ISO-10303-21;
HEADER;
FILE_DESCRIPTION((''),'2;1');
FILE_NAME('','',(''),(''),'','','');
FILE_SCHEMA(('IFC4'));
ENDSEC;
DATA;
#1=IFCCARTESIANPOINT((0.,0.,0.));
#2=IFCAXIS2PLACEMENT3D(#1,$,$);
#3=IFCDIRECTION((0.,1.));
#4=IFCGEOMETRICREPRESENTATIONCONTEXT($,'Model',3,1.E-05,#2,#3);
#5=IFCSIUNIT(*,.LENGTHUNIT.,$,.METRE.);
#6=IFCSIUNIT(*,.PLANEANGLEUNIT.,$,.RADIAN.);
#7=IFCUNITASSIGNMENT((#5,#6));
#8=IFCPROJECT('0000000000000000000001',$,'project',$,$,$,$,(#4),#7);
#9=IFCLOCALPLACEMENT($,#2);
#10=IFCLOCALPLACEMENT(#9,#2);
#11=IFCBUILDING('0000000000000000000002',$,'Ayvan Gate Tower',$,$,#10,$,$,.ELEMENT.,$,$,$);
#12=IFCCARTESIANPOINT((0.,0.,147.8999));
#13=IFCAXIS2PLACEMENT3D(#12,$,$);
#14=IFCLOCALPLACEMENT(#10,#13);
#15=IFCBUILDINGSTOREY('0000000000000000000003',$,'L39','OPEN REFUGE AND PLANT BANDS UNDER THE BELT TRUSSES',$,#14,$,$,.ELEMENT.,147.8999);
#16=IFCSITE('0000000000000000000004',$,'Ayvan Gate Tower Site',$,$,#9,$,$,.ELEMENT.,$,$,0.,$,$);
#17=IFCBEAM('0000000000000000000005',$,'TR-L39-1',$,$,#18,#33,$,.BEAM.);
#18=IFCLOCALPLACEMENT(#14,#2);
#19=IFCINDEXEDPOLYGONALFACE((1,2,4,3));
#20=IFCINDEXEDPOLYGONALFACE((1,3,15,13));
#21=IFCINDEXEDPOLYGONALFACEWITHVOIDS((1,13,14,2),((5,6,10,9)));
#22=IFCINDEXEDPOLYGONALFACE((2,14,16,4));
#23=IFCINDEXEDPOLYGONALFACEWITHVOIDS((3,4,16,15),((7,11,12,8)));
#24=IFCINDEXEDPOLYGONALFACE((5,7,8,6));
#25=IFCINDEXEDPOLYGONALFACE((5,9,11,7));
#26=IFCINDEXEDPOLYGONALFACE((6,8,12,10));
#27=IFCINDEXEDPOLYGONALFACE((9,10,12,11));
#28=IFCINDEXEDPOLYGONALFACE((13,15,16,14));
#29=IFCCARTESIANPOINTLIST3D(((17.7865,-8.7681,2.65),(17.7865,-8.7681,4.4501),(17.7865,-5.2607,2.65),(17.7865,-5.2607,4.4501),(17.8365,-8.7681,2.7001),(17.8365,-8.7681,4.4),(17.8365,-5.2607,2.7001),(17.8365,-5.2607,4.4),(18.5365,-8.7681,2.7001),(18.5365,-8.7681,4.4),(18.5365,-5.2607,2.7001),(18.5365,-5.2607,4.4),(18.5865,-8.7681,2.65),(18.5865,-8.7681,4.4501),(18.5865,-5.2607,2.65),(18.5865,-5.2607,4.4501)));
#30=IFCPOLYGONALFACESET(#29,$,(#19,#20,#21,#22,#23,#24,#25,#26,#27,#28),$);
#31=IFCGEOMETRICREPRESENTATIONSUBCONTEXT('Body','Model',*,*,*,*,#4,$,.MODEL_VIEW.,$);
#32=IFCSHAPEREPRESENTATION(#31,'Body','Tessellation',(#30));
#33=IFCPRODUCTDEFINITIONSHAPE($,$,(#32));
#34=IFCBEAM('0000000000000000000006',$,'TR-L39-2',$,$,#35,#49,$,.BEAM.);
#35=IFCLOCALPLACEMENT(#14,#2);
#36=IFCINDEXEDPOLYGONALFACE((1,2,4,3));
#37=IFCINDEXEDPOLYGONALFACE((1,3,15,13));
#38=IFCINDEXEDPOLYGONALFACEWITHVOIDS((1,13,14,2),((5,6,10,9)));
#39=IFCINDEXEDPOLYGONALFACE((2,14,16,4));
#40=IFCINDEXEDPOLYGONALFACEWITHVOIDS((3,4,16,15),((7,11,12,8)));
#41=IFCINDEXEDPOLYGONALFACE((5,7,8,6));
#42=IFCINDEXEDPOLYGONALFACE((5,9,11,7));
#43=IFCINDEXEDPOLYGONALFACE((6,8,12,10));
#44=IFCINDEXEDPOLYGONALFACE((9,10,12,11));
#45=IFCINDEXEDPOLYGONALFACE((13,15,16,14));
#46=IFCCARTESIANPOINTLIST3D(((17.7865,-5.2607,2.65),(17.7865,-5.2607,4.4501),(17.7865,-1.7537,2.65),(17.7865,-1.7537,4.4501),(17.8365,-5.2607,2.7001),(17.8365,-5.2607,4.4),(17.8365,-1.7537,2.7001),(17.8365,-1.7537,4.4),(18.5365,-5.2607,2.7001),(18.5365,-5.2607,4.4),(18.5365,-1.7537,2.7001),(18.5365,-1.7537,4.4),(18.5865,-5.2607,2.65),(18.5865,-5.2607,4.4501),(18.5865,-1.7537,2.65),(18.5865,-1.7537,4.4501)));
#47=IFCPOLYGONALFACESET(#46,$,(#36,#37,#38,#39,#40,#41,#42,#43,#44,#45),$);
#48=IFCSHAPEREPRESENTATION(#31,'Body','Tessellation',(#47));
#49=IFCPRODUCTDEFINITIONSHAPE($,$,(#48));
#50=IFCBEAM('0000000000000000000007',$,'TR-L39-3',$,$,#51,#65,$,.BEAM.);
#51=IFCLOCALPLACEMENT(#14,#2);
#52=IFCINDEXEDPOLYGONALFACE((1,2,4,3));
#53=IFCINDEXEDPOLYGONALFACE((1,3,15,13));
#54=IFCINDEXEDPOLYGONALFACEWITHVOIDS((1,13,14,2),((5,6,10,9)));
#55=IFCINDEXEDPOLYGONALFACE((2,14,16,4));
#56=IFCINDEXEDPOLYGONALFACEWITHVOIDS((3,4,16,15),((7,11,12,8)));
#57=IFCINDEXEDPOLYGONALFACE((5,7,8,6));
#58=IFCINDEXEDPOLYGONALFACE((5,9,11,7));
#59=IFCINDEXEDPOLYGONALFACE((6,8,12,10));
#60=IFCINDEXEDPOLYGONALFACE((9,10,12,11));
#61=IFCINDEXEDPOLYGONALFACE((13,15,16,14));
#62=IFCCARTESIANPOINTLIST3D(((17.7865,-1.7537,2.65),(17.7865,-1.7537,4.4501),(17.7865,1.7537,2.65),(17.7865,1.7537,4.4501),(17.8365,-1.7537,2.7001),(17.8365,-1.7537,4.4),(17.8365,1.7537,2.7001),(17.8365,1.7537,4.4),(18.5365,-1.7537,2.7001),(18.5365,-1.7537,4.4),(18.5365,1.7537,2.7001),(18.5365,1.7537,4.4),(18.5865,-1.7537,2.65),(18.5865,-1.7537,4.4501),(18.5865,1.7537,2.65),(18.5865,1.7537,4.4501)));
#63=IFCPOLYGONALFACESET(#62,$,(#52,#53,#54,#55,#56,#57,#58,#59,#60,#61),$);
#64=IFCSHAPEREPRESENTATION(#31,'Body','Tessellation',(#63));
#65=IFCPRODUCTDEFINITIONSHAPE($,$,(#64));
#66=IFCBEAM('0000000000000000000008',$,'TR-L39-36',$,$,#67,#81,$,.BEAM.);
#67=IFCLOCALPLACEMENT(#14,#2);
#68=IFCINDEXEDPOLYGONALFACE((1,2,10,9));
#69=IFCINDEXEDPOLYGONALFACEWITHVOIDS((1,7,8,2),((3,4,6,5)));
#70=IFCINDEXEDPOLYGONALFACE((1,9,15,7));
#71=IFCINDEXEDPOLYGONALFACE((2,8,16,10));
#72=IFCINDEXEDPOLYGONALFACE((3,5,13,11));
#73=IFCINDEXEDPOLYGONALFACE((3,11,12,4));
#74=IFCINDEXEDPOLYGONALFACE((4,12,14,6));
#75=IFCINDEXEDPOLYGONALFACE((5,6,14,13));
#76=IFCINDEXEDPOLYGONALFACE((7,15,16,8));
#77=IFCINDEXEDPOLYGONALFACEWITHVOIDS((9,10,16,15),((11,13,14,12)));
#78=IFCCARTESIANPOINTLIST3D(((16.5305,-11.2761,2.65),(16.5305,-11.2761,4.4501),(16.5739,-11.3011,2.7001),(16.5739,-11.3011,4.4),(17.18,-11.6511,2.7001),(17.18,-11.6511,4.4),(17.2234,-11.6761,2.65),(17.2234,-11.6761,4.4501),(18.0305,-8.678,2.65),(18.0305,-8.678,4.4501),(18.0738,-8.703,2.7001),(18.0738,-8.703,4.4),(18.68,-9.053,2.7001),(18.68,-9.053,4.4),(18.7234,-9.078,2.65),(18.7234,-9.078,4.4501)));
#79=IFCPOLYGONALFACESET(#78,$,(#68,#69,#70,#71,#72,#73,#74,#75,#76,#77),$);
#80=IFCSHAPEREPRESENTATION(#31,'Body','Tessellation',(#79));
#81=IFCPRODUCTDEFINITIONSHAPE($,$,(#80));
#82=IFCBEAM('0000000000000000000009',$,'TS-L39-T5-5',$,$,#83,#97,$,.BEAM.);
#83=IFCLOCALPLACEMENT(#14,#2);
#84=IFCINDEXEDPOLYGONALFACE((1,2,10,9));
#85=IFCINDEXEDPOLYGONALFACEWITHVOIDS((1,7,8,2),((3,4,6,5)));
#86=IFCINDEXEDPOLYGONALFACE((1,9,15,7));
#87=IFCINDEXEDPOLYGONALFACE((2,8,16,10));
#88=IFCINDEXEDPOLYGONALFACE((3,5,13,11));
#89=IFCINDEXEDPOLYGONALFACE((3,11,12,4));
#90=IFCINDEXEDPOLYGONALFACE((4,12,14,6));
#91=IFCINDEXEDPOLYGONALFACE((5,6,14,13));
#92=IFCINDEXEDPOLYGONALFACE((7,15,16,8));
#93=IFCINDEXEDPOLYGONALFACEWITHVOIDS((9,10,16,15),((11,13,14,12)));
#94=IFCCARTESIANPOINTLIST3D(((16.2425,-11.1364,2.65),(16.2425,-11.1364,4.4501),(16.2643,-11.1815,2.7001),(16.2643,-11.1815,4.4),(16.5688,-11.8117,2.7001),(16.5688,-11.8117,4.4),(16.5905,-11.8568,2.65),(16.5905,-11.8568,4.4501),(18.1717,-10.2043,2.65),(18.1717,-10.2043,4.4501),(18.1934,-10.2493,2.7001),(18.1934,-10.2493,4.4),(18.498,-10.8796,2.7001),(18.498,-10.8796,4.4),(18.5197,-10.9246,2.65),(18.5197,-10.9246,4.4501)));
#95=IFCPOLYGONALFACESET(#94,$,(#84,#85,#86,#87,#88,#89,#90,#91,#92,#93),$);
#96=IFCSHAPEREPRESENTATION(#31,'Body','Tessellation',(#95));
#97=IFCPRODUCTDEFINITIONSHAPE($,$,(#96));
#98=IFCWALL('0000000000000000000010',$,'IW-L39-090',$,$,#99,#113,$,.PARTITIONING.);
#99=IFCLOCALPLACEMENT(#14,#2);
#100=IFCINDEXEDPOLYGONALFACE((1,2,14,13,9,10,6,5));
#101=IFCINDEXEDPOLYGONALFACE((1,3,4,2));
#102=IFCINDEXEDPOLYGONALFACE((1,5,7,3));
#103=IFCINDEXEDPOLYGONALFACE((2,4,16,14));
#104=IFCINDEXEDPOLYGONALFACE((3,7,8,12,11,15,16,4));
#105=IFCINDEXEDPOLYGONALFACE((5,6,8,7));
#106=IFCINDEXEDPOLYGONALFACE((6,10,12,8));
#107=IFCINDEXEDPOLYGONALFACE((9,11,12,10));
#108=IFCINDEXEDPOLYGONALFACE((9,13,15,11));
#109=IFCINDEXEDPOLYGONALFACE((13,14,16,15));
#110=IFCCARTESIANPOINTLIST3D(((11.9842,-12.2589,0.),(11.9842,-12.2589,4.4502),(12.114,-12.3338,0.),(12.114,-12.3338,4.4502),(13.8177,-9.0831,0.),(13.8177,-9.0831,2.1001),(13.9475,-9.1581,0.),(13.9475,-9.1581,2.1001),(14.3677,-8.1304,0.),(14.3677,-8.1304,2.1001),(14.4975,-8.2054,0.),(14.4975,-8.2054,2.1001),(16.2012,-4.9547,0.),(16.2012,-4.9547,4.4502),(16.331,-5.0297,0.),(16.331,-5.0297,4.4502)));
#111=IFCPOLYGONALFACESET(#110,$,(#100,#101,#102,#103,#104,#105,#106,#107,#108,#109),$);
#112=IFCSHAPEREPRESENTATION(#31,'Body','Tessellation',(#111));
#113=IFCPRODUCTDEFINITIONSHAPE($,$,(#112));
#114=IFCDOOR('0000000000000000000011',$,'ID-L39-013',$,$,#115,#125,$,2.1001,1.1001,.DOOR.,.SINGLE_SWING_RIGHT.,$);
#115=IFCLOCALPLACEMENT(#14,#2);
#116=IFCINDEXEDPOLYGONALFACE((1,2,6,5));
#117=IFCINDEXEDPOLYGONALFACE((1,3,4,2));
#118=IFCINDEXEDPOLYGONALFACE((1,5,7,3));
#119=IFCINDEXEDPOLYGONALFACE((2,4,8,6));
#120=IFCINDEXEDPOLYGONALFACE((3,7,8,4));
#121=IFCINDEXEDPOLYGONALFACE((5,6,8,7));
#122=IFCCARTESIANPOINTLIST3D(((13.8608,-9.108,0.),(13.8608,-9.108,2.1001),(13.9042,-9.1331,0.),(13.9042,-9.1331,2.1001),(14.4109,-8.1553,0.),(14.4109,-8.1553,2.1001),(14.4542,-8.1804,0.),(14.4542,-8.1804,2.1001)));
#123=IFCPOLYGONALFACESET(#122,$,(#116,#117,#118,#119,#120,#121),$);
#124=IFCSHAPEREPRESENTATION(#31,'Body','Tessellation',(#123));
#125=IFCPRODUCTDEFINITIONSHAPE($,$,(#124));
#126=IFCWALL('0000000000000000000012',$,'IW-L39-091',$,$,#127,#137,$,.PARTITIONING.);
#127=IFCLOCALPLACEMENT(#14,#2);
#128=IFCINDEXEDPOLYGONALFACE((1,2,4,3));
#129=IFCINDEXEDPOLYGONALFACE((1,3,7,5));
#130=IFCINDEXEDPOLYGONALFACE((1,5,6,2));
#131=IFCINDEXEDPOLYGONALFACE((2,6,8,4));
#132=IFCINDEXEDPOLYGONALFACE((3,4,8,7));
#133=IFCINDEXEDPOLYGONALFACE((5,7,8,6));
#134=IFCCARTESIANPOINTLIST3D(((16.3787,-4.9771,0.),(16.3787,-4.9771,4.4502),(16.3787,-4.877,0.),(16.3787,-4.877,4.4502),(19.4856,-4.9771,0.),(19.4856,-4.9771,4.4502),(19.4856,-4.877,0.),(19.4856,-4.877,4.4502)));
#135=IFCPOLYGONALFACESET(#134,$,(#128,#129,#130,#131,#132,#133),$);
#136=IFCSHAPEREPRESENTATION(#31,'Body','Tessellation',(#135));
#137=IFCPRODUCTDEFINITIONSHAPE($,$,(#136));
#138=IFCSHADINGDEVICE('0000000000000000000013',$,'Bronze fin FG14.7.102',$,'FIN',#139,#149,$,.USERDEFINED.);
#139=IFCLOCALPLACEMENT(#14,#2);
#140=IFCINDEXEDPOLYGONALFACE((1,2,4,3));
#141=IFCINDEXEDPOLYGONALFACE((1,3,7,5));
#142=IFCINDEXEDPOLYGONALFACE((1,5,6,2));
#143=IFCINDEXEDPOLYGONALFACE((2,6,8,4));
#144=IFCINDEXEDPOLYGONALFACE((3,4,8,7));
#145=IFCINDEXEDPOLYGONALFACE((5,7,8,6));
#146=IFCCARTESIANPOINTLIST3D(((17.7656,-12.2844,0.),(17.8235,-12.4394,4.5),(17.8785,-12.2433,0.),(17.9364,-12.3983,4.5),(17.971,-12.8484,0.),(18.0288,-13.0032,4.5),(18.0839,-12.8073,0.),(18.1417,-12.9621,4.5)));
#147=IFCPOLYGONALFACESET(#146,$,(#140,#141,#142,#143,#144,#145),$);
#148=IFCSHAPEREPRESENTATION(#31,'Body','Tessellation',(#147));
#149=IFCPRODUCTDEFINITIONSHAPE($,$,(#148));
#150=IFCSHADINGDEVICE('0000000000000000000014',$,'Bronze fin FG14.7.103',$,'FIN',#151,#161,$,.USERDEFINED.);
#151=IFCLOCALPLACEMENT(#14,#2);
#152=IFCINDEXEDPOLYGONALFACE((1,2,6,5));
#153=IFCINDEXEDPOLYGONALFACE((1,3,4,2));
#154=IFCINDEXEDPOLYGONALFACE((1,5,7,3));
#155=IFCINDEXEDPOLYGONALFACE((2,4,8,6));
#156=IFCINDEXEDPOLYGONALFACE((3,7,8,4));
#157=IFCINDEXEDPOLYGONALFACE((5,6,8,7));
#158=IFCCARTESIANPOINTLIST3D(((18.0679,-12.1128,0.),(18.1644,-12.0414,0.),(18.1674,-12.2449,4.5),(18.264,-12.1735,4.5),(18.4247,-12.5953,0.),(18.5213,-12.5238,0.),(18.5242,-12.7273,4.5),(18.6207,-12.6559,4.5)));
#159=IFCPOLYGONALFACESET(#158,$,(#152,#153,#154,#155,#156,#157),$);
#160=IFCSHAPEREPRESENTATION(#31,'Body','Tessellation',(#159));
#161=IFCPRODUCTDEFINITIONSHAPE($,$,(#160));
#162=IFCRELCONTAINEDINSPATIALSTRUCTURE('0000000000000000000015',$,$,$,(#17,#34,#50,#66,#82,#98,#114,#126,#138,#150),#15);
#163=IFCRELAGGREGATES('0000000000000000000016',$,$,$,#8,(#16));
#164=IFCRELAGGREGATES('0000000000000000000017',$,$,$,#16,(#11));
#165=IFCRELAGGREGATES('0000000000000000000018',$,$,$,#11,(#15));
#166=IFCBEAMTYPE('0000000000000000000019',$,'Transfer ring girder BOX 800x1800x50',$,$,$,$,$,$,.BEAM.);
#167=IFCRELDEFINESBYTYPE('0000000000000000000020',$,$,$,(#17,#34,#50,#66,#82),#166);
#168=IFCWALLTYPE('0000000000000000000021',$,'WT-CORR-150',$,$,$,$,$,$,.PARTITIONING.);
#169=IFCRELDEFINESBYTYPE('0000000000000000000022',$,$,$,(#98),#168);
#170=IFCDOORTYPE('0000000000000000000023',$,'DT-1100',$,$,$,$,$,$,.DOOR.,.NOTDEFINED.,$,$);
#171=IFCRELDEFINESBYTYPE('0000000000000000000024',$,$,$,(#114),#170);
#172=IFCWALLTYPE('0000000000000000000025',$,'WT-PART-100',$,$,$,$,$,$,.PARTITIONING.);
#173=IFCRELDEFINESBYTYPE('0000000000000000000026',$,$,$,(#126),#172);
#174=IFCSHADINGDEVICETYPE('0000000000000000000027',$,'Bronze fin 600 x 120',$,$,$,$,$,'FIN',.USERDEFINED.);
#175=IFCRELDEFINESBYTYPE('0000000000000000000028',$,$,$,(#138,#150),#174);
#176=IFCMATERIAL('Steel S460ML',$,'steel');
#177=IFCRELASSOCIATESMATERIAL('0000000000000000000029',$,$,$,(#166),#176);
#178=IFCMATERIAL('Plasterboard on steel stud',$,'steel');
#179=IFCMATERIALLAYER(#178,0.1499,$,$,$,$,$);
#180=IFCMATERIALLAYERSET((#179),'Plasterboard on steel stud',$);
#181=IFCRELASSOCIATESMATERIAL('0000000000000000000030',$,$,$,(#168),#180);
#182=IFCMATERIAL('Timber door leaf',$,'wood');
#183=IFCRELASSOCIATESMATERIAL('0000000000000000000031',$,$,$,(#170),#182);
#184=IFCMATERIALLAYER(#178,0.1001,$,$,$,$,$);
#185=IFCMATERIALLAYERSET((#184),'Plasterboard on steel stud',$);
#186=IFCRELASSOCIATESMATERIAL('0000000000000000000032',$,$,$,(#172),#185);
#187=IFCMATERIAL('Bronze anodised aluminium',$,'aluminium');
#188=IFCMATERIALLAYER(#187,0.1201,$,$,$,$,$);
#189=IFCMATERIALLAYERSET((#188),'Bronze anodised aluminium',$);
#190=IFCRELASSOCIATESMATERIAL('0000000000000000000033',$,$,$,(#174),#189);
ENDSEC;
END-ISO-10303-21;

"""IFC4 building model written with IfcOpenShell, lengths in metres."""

from ifc_helpers import new_model, si_unit, direction, frame, frame_2d, origin, origin_2d, place, context, subcontext, project, spatial, polyline, rectangle, hollow_rectangle, outline, extrude, material, layer, layer_set, material_profile, profile_set, type_object, element, fill, save


model = new_model("IFC4")

# Units and contexts
model_context = context("Model", 3, precision=1e-05, world=origin(), true_north=direction((0.0, 1.0)))
body_context = subcontext(model_context, "Body", "Model", "MODEL_VIEW")
ifc_project = project(units=[si_unit("LENGTHUNIT", "METRE"), si_unit("PLANEANGLEUNIT", "RADIAN")], contexts=[model_context])

# Site, building, storey
site_placement = place(None, origin())
site = spatial("IfcSite", under=ifc_project, at=site_placement, Name="Ayvan Gate Tower Site", CompositionType="ELEMENT", RefElevation=0.0)
building_placement = place(site_placement, origin())
building = spatial("IfcBuilding", under=site, at=building_placement, Name="Ayvan Gate Tower", CompositionType="ELEMENT")
storey_placement = place(building_placement, frame((0.0, 0.0, 147.8999)))
storey = spatial("IfcBuildingStorey", under=building, at=storey_placement, Name="L39", Description="OPEN REFUGE AND PLANT BANDS UNDER THE BELT TRUSSES", CompositionType="ELEMENT", Elevation=147.8999)

# Shared definitions
ifc_material_1 = material(Name="Steel S460ML", Category="steel")

# Beams
ifc_material_profile_1 = material_profile(ifc_material_1, hollow_rectangle(XDim=0.8, YDim=1.8, WallThickness=0.05, at=origin_2d()), Name="BOX 800x1800x50")
ifc_profile_set_1 = profile_set([ifc_material_profile_1], Name="Steel S460ML")
beam_type_1 = type_object("IfcBeamType", Name="Transfer ring girder BOX 800x1800x50", PredefinedType="BEAM", material=ifc_profile_set_1)
beam_1_placement = place(storey_placement, frame((18.1865, -8.7681, 3.55), z_axis=(0.0, 1.0, 0.0), x_axis=(-1.0, 0.0, 0.0)))
element("IfcBeam", 1, at=beam_1_placement, inside=storey, type_object=beam_type_1, Name="TR-L39-1", PredefinedType="BEAM", context=body_context, shape_type="SweptSolid", body=[
    extrude(hollow_rectangle(XDim=0.8, YDim=1.8, WallThickness=0.05, at=origin_2d()), origin(), (0.0, 0.0, 1.0), 3.5073),
])
beam_2_placement = place(storey_placement, frame((18.1865, -5.2607, 3.55), z_axis=(0.0, 1.0, 0.0), x_axis=(-1.0, 0.0, 0.0)))
element("IfcBeam", 2, at=beam_2_placement, inside=storey, type_object=beam_type_1, Name="TR-L39-2", PredefinedType="BEAM", context=body_context, shape_type="SweptSolid", body=[
    extrude(hollow_rectangle(XDim=0.8, YDim=1.8, WallThickness=0.05, at=origin_2d()), origin(), (0.0, 0.0, 1.0), 3.5071),
])
beam_3_placement = place(storey_placement, frame((18.1865, -1.7537, 3.55), z_axis=(0.0, 1.0, 0.0), x_axis=(-1.0, 0.0, 0.0)))
element("IfcBeam", 3, at=beam_3_placement, inside=storey, type_object=beam_type_1, Name="TR-L39-3", PredefinedType="BEAM", context=body_context, shape_type="SweptSolid", body=[
    extrude(hollow_rectangle(XDim=0.8, YDim=1.8, WallThickness=0.05, at=origin_2d()), origin(), (0.0, 0.0, 1.0), 3.5073),
])
beam_4_placement = place(storey_placement, frame((16.877, -11.4761, 3.55), z_axis=(0.49999, 0.866031, 0.0), x_axis=(-0.866031, 0.49999, 0.0)))
element("IfcBeam", 4, at=beam_4_placement, inside=storey, type_object=beam_type_1, Name="TR-L39-36", PredefinedType="BEAM", context=body_context, shape_type="SweptSolid", body=[
    extrude(hollow_rectangle(XDim=0.8, YDim=1.8, WallThickness=0.05, at=origin_2d()), origin(), (0.0, 0.0, 1.0), 3.0),
])
beam_5_placement = place(storey_placement, frame((18.3457, -10.5645, 3.55), z_axis=(-0.900407, -0.435049, 0.0), x_axis=(0.435049, -0.900407, 0.0)))
element("IfcBeam", 5, at=beam_5_placement, inside=storey, type_object=beam_type_1, Name="TS-L39-T5-5", PredefinedType="BEAM", context=body_context, shape_type="SweptSolid", body=[
    extrude(hollow_rectangle(XDim=0.8, YDim=1.8, WallThickness=0.05, at=origin_2d()), origin(), (0.0, 0.0, 1.0), 2.1426),
])

# Wall, opening, door
ifc_material_2 = material(Name="Plasterboard on steel stud", Category="steel")
ifc_layer_1 = layer(ifc_material_2, 0.1499)
ifc_layer_set_1 = layer_set([ifc_layer_1], Name="Plasterboard on steel stud")
wall_type_1 = type_object("IfcWallType", Name="WT-CORR-150", PredefinedType="PARTITIONING", material=ifc_layer_set_1)
wall_1_placement = place(storey_placement, frame((16.2661, -4.9922, 0.0), z_axis=(0.0, 0.0, 1.0), x_axis=(-0.499996, -0.866027, 0.0)))
wall_1 = element("IfcWall", 6, at=wall_1_placement, inside=storey, type_object=wall_type_1, Name="IW-L39-090", PredefinedType="PARTITIONING", context=body_context, shape_type="SweptSolid", body=[
    extrude(rectangle(XDim=8.4341, YDim=0.1499, at=frame_2d((4.217, 0.0))), origin(), (0.0, 0.0, 1.0), 4.4502),
])
opening_placement = place(wall_1_placement, frame((3.667, 0.0, 0.0)))
opening = element("IfcOpeningElement", 7, at=opening_placement, cuts=wall_1, PredefinedType="OPENING", context=body_context, shape_type="SweptSolid", body=[
    extrude(rectangle(XDim=1.1001, YDim=2.1001, at=frame_2d((0.55, 1.05))), frame((0.0, 0.085, 0.0), z_axis=(0.0, -1.0, 0.0), x_axis=(1.0, 0.0, 0.0)), (0.0, 0.0, 1.0), 0.1699),
])
ifc_material_3 = material(Name="Timber door leaf", Category="wood")
door_type = type_object("IfcDoorType", Name="DT-1100", OperationType="NOTDEFINED", PredefinedType="DOOR", material=ifc_material_3)
door_placement = place(opening_placement, origin())
door = element("IfcDoor", 8, at=door_placement, inside=storey, type_object=door_type, Name="ID-L39-013", OperationType="SINGLE_SWING_RIGHT", OverallHeight=2.1001, OverallWidth=1.1001, PredefinedType="DOOR", context=body_context, shape_type="SweptSolid", body=[
    extrude(rectangle(XDim=1.1001, YDim=2.1001, at=frame_2d((0.55, 1.05))), frame((0.0, 0.0249, 0.0), z_axis=(0.0, -1.0, 0.0), x_axis=(1.0, 0.0, 0.0)), (0.0, 0.0, 1.0), 0.05),
])
fill(opening, door)

# Wall
ifc_layer_2 = layer(ifc_material_2, 0.1001)
ifc_layer_set_2 = layer_set([ifc_layer_2], Name="Plasterboard on steel stud")
wall_type_2 = type_object("IfcWallType", Name="WT-PART-100", PredefinedType="PARTITIONING", material=ifc_layer_set_2)
wall_2_placement = place(storey_placement, frame((16.3787, -4.927, 0.0), z_axis=(0.0, 0.0, 1.0), x_axis=(1.0, 0.0, 0.0)))
element("IfcWall", 9, at=wall_2_placement, inside=storey, type_object=wall_type_2, Name="IW-L39-091", PredefinedType="PARTITIONING", context=body_context, shape_type="SweptSolid", body=[
    extrude(rectangle(XDim=3.1069, YDim=0.1001, at=frame_2d((1.5535, 0.0))), origin(), (0.0, 0.0, 1.0), 4.4502),
])

# Shading devices
ifc_material_4 = material(Name="Bronze anodised aluminium", Category="aluminium")
ifc_layer_3 = layer(ifc_material_4, 0.1201)
ifc_layer_set_3 = layer_set([ifc_layer_3], Name="Bronze anodised aluminium")
shading_device_type = type_object("IfcShadingDeviceType", Name="Bronze fin 600 x 120", ElementType="FIN", PredefinedType="USERDEFINED", material=ifc_layer_set_3)
shading_device_1_placement = place(storey_placement, frame((17.7656, -12.2844, 0.0), z_axis=(-0.939639, -0.342168, 0.000303), x_axis=(0.342168, -0.939639, 0.0)))
element("IfcShadingDevice", 10, at=shading_device_1_placement, inside=storey, type_object=shading_device_type, Name="Bronze fin FG14.7.102", ObjectType="FIN", PredefinedType="USERDEFINED", context=body_context, shape_type="SweptSolid", body=[
    extrude(outline(polyline([(0.0, 0.0), (0.6002, 0.0), (0.7654, 4.5), (0.1655, 4.5), (0.0, 0.0)])), origin(), (0.0, 0.0, -1.0), 0.1201),
])
shading_device_2_placement = place(storey_placement, frame((18.0679, -12.1128, 0.0), z_axis=(-0.803986, -0.594648, 0.000321), x_axis=(0.594648, -0.803986, 0.0)))
element("IfcShadingDevice", 11, at=shading_device_2_placement, inside=storey, type_object=shading_device_type, Name="Bronze fin FG14.7.103", ObjectType="FIN", PredefinedType="USERDEFINED", context=body_context, shape_type="SweptSolid", body=[
    extrude(outline(polyline([(0.0, 0.0), (0.6001, 0.0), (0.7654, 4.5), (0.1654, 4.5), (0.0, 0.0)])), origin(), (0.0, 0.0, -1.0), 0.1201),
])

save(model, "model.ifc")
